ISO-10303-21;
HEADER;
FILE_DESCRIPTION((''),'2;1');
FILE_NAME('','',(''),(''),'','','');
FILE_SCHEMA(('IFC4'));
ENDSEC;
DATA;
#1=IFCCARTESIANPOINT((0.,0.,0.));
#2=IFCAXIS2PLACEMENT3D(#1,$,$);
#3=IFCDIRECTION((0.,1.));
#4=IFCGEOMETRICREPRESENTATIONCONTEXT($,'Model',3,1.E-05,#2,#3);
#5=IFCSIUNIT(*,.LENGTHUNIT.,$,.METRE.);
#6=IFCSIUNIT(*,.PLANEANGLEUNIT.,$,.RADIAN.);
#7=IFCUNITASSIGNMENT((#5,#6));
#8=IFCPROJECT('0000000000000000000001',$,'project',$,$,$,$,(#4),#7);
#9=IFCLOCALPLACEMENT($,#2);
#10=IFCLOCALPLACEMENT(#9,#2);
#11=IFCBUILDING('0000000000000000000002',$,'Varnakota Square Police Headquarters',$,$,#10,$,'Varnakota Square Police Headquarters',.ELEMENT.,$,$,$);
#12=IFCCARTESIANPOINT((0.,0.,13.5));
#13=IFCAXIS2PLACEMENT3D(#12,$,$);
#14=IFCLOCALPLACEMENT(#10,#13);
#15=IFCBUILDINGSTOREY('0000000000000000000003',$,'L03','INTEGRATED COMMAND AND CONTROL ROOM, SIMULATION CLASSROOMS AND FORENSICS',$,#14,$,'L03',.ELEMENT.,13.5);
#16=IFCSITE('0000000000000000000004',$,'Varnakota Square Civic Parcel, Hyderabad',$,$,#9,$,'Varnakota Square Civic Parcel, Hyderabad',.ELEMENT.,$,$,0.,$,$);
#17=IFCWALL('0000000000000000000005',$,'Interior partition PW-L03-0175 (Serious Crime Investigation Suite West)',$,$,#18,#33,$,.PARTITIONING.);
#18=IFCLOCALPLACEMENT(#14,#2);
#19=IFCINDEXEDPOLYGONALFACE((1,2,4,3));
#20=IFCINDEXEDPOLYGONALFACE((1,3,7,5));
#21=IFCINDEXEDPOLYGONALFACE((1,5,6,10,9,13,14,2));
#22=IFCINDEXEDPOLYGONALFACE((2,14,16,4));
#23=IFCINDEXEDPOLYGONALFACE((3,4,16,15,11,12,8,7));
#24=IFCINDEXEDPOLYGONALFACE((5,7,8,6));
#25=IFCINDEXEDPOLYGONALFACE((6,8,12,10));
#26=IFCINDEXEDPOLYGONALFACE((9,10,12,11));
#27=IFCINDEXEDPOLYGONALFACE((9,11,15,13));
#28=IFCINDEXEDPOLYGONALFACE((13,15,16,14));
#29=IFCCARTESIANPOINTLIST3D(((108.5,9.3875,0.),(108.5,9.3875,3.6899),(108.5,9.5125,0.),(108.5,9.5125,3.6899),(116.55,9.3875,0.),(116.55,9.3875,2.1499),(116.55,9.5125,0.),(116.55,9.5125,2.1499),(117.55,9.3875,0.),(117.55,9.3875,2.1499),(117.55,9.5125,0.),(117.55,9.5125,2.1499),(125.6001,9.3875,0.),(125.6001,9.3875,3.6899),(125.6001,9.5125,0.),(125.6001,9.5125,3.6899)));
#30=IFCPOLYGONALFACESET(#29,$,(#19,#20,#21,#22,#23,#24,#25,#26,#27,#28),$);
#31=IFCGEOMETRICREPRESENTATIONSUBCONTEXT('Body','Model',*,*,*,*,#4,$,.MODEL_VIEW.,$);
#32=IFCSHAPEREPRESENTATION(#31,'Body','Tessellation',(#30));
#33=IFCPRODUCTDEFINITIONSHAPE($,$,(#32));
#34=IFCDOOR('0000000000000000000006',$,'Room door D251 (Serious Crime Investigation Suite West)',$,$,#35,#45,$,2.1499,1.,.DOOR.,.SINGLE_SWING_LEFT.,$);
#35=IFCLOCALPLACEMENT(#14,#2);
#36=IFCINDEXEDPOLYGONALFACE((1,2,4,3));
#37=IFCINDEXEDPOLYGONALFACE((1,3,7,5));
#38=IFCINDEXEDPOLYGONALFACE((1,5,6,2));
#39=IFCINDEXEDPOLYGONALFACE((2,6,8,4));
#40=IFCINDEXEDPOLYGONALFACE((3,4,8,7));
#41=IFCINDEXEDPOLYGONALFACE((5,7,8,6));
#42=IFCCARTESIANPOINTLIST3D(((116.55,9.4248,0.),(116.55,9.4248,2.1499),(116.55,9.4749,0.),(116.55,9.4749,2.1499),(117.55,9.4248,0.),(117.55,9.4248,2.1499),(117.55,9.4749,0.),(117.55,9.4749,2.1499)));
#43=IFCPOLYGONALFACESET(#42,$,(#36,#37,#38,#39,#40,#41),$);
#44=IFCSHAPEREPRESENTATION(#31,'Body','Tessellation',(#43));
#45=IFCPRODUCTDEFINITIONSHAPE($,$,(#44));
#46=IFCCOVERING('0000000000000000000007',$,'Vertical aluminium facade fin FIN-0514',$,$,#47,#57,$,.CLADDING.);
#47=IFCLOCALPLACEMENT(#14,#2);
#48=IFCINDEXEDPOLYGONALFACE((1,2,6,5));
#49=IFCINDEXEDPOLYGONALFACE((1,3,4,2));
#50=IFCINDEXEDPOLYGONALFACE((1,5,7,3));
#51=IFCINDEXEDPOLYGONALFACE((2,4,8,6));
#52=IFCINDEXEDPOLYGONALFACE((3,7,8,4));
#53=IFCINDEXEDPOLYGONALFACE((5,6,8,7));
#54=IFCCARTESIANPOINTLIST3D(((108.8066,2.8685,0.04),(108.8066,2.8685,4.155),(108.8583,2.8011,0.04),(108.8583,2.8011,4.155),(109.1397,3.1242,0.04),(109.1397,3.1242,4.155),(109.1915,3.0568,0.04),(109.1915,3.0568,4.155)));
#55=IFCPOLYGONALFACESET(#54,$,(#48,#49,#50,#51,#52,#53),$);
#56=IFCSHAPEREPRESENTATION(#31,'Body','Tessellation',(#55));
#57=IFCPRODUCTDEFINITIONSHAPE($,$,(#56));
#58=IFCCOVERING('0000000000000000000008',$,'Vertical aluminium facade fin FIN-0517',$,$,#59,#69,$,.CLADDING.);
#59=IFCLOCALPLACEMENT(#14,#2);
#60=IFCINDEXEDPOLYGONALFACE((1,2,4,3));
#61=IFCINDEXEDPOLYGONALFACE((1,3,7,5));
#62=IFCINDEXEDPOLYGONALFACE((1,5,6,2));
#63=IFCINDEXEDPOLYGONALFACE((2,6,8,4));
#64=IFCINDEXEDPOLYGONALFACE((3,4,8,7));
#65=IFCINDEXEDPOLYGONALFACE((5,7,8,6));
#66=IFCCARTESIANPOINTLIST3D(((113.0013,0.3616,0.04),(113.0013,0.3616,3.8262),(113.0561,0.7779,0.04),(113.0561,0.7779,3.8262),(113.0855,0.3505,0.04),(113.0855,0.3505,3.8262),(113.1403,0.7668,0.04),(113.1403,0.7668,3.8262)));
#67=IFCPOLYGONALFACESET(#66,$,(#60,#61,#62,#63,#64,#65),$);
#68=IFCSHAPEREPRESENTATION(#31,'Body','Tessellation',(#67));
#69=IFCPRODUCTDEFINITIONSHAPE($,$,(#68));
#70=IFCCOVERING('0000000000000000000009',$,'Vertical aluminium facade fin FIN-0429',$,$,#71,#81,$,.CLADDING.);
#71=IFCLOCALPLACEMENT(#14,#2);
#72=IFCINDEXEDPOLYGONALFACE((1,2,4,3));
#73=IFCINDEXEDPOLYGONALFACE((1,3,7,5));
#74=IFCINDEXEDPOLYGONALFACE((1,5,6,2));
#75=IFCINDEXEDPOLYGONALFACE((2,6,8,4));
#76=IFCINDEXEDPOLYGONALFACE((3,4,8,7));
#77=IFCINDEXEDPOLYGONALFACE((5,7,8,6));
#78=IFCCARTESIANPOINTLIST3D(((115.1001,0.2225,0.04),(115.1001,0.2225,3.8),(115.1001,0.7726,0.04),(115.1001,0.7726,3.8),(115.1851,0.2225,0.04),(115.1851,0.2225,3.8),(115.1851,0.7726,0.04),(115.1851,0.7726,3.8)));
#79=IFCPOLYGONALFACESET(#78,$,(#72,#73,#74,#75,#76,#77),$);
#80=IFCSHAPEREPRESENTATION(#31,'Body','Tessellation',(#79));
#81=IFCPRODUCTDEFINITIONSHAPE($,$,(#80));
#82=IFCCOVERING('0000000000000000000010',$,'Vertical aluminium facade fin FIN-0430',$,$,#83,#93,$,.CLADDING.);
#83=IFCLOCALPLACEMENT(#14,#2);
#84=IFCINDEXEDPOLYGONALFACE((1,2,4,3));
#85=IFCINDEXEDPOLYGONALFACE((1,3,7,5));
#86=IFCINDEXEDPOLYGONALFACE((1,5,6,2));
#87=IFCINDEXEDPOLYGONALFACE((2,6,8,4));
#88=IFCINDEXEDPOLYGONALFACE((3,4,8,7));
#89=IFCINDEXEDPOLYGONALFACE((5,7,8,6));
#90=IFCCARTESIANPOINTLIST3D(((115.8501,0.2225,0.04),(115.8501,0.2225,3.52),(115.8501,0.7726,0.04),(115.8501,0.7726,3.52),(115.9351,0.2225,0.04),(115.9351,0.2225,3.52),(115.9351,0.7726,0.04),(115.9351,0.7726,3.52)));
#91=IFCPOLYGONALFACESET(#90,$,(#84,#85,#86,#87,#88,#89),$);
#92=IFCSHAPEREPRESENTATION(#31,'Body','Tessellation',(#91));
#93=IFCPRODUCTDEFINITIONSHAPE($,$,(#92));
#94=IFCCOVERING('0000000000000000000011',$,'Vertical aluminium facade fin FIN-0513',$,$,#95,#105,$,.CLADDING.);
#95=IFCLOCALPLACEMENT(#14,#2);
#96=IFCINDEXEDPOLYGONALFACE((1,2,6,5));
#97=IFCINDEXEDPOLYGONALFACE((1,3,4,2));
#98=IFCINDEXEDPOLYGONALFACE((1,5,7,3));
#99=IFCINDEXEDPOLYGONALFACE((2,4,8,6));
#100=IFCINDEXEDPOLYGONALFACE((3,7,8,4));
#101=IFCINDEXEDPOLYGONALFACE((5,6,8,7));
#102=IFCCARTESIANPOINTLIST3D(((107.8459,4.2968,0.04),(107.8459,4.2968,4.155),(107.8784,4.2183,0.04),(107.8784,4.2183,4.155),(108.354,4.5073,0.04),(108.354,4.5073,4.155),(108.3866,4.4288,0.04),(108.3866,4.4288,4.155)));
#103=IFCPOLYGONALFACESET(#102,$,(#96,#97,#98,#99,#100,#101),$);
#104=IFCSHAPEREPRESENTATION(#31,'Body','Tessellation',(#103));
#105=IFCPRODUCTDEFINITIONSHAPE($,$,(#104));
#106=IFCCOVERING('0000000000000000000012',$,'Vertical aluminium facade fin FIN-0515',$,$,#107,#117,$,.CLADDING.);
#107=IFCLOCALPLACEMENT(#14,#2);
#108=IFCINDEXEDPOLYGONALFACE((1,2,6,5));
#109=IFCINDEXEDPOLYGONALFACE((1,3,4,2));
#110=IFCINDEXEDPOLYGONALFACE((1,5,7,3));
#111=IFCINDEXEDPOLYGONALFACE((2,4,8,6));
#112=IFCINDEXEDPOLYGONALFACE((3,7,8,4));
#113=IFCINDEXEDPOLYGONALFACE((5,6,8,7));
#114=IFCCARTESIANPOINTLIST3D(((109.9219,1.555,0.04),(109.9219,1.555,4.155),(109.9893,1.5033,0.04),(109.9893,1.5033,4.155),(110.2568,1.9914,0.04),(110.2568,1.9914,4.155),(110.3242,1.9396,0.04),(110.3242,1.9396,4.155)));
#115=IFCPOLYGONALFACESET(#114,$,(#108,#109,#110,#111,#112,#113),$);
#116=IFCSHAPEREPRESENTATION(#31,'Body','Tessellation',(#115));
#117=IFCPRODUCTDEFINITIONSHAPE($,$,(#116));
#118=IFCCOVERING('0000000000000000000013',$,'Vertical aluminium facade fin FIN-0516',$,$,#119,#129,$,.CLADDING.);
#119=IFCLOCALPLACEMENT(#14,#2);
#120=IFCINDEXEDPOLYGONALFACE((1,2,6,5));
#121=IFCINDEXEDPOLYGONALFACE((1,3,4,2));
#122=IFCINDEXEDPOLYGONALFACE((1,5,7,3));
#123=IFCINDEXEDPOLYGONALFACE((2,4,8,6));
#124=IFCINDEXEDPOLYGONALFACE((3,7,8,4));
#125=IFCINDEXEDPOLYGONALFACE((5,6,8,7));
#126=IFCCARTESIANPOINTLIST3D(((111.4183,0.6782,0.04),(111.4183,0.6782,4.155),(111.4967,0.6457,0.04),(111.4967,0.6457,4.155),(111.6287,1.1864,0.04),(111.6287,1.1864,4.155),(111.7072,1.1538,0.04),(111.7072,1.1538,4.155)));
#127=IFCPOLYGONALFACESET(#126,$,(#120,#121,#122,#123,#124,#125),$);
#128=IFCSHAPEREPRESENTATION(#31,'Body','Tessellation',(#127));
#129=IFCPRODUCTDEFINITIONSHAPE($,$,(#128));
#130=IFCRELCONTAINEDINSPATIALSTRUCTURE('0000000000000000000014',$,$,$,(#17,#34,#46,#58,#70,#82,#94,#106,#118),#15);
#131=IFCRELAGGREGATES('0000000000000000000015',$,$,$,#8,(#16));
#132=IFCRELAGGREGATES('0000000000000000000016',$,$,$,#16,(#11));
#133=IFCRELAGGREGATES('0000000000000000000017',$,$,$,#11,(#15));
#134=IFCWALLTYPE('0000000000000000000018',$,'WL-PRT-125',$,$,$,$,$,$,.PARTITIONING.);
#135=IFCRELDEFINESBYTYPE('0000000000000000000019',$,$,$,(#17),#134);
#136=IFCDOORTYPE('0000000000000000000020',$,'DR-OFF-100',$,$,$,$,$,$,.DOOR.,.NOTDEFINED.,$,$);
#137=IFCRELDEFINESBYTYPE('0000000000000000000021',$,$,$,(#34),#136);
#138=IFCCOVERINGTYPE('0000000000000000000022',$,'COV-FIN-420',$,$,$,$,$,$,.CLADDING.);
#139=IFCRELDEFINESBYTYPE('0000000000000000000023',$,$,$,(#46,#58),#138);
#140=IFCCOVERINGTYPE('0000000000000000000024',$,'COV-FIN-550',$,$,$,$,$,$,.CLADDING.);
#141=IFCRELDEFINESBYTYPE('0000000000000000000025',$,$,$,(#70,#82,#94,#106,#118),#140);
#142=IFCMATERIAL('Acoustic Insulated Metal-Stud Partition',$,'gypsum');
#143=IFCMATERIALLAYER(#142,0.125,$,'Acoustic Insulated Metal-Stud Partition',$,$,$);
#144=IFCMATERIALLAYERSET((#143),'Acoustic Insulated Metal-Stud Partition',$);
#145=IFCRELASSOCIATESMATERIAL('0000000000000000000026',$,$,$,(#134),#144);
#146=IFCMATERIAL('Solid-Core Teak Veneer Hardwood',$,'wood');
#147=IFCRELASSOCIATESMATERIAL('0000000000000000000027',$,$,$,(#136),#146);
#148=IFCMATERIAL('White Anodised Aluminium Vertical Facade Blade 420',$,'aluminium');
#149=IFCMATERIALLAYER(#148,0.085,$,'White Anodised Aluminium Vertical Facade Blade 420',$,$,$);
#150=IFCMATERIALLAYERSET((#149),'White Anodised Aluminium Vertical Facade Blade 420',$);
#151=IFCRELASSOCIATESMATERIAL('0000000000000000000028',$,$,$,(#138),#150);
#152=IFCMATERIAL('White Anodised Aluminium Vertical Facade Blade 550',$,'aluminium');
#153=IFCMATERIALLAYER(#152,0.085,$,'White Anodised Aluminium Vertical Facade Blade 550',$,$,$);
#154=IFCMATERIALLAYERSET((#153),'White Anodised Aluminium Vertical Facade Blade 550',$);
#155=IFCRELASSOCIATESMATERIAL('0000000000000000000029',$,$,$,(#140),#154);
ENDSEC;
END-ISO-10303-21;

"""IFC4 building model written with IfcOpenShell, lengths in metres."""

from ifc_helpers import new_model, si_unit, direction, frame, frame_2d, origin, origin_2d, place, context, subcontext, project, spatial, rectangle, extrude, material, layer, layer_set, type_object, element, fill, save


model = new_model("IFC4")

# Units and contexts
model_context = context("Model", 3, precision=1e-05, world=origin(), true_north=direction((0.0, 1.0)))
body_context = subcontext(model_context, "Body", "Model", "MODEL_VIEW")
ifc_project = project(units=[si_unit("LENGTHUNIT", "METRE"), si_unit("PLANEANGLEUNIT", "RADIAN")], contexts=[model_context])

# Site, building, storey
site_placement = place(None, origin())
site = spatial("IfcSite", under=ifc_project, at=site_placement, Name="Varnakota Square Civic Parcel, Hyderabad", LongName="Varnakota Square Civic Parcel, Hyderabad", CompositionType="ELEMENT", RefElevation=0.0)
building_placement = place(site_placement, origin())
building = spatial("IfcBuilding", under=site, at=building_placement, Name="Varnakota Square Police Headquarters", LongName="Varnakota Square Police Headquarters", CompositionType="ELEMENT")
storey_placement = place(building_placement, frame((0.0, 0.0, 13.5)))
storey = spatial("IfcBuildingStorey", under=building, at=storey_placement, Name="L03", Description="INTEGRATED COMMAND AND CONTROL ROOM, SIMULATION CLASSROOMS AND FORENSICS", LongName="L03", CompositionType="ELEMENT", Elevation=13.5)

# Wall, opening, door
ifc_material_1 = material(Name="Acoustic Insulated Metal-Stud Partition", Category="gypsum")
ifc_layer_1 = layer(ifc_material_1, 0.125, Name="Acoustic Insulated Metal-Stud Partition")
ifc_layer_set_1 = layer_set([ifc_layer_1], Name="Acoustic Insulated Metal-Stud Partition")
wall_type_1 = type_object("IfcWallType", Name="WL-PRT-125", PredefinedType="PARTITIONING", material=ifc_layer_set_1)
wall_1_placement = place(storey_placement, frame((108.5, 9.45, 0.0), z_axis=(0.0, 0.0, 1.0), x_axis=(1.0, 0.0, 0.0)))
wall_1 = element("IfcWall", 1, at=wall_1_placement, inside=storey, type_object=wall_type_1, Name="Interior partition PW-L03-0175 (Serious Crime Investigation Suite West)", PredefinedType="PARTITIONING", context=body_context, shape_type="SweptSolid", body=[
    extrude(rectangle(XDim=17.1001, YDim=0.125, at=frame_2d((8.55, 0.0))), origin(), (0.0, 0.0, 1.0), 3.6899),
])
opening_1_placement = place(wall_1_placement, frame((8.05, 0.0, 0.0)))
opening_1 = element("IfcOpeningElement", 2, at=opening_1_placement, cuts=wall_1, PredefinedType="OPENING", context=body_context, shape_type="SweptSolid", body=[
    extrude(rectangle(XDim=1.0, YDim=2.1499, at=frame_2d((0.5, 1.075))), frame((0.0, 0.0725, 0.0), z_axis=(0.0, -1.0, 0.0), x_axis=(1.0, 0.0, 0.0)), (0.0, 0.0, 1.0), 0.145),
])
ifc_material_2 = material(Name="Solid-Core Teak Veneer Hardwood", Category="wood")
door_type = type_object("IfcDoorType", Name="DR-OFF-100", OperationType="NOTDEFINED", PredefinedType="DOOR", material=ifc_material_2)
door_placement = place(opening_1_placement, origin())
door = element("IfcDoor", 3, at=door_placement, inside=storey, type_object=door_type, Name="Room door D251 (Serious Crime Investigation Suite West)", OperationType="SINGLE_SWING_LEFT", OverallHeight=2.1499, OverallWidth=1.0, PredefinedType="DOOR", context=body_context, shape_type="SweptSolid", body=[
    extrude(rectangle(XDim=1.0, YDim=2.1499, at=frame_2d((0.5, 1.075))), frame((0.0, 0.0249, 0.0), z_axis=(0.0, -1.0, 0.0), x_axis=(1.0, 0.0, 0.0)), (0.0, 0.0, 1.0), 0.05),
])
fill(opening_1, door)

# Coverings
ifc_material_3 = material(Name="White Anodised Aluminium Vertical Facade Blade 420", Category="aluminium")
ifc_layer_2 = layer(ifc_material_3, 0.085, Name="White Anodised Aluminium Vertical Facade Blade 420")
ifc_layer_set_2 = layer_set([ifc_layer_2], Name="White Anodised Aluminium Vertical Facade Blade 420")
covering_type_1 = type_object("IfcCoveringType", Name="COV-FIN-420", PredefinedType="CLADDING", material=ifc_layer_set_2)
covering_1_placement = place(storey_placement, frame((108.999, 2.9626, 0.04), z_axis=(0.0, 0.0, 1.0), x_axis=(0.608761, -0.793353, 0.0)))
element("IfcCovering", 4, at=covering_1_placement, inside=storey, type_object=covering_type_1, Name="Vertical aluminium facade fin FIN-0514", PredefinedType="CLADDING", context=body_context, shape_type="SweptSolid", body=[
    extrude(rectangle(XDim=0.085, YDim=0.4199, at=origin_2d()), origin(), (0.0, 0.0, 1.0), 4.115),
])
covering_2_placement = place(storey_placement, frame((113.0708, 0.5642, 0.04), z_axis=(0.0, 0.0, 1.0), x_axis=(0.991445, -0.130526, 0.0)))
element("IfcCovering", 5, at=covering_2_placement, inside=storey, type_object=covering_type_1, Name="Vertical aluminium facade fin FIN-0517", PredefinedType="CLADDING", context=body_context, shape_type="SweptSolid", body=[
    extrude(rectangle(XDim=0.085, YDim=0.4199, at=origin_2d()), origin(), (0.0, 0.0, 1.0), 3.7861),
])
ifc_material_4 = material(Name="White Anodised Aluminium Vertical Facade Blade 550", Category="aluminium")
ifc_layer_3 = layer(ifc_material_4, 0.085, Name="White Anodised Aluminium Vertical Facade Blade 550")
ifc_layer_set_3 = layer_set([ifc_layer_3], Name="White Anodised Aluminium Vertical Facade Blade 550")
covering_type_2 = type_object("IfcCoveringType", Name="COV-FIN-550", PredefinedType="CLADDING", material=ifc_layer_set_3)
covering_3_placement = place(storey_placement, frame((115.1426, 0.4976, 0.04), z_axis=(0.0, 0.0, 1.0), x_axis=(1.0, 0.0, 0.0)))
element("IfcCovering", 6, at=covering_3_placement, inside=storey, type_object=covering_type_2, Name="Vertical aluminium facade fin FIN-0429", PredefinedType="CLADDING", context=body_context, shape_type="SweptSolid", body=[
    extrude(rectangle(XDim=0.085, YDim=0.55, at=origin_2d()), origin(), (0.0, 0.0, 1.0), 3.76),
])
covering_4_placement = place(storey_placement, frame((115.8926, 0.4976, 0.04), z_axis=(0.0, 0.0, 1.0), x_axis=(1.0, 0.0, 0.0)))
element("IfcCovering", 7, at=covering_4_placement, inside=storey, type_object=covering_type_2, Name="Vertical aluminium facade fin FIN-0430", PredefinedType="CLADDING", context=body_context, shape_type="SweptSolid", body=[
    extrude(rectangle(XDim=0.085, YDim=0.55, at=origin_2d()), origin(), (0.0, 0.0, 1.0), 3.48),
])
for number, where, z_axis, x_axis, name in (
    (8, (108.1162, 4.3628, 0.04), (0.0, 0.0, 1.0), (0.382683, -0.92388, 0.0), "Vertical aluminium facade fin FIN-0513"),
    (9, (110.123, 1.7473, 0.04), (0.0, 0.0, 1.0), (0.793353, -0.608761, 0.0), "Vertical aluminium facade fin FIN-0515"),
    (10, (111.5627, 0.916, 0.04), (0.0, 0.0, 1.0), (0.92388, -0.382683, 0.0), "Vertical aluminium facade fin FIN-0516"),
):
    element("IfcCovering", number, at=place(storey_placement, frame(where, z_axis=z_axis, x_axis=x_axis)), inside=storey, type_object=covering_type_2, Name=name, PredefinedType="CLADDING", context=body_context, shape_type="SweptSolid", body=[
        extrude(rectangle(XDim=0.085, YDim=0.55, at=origin_2d()), origin(), (0.0, 0.0, 1.0), 4.115),
    ])

save(model, "model.ifc")
